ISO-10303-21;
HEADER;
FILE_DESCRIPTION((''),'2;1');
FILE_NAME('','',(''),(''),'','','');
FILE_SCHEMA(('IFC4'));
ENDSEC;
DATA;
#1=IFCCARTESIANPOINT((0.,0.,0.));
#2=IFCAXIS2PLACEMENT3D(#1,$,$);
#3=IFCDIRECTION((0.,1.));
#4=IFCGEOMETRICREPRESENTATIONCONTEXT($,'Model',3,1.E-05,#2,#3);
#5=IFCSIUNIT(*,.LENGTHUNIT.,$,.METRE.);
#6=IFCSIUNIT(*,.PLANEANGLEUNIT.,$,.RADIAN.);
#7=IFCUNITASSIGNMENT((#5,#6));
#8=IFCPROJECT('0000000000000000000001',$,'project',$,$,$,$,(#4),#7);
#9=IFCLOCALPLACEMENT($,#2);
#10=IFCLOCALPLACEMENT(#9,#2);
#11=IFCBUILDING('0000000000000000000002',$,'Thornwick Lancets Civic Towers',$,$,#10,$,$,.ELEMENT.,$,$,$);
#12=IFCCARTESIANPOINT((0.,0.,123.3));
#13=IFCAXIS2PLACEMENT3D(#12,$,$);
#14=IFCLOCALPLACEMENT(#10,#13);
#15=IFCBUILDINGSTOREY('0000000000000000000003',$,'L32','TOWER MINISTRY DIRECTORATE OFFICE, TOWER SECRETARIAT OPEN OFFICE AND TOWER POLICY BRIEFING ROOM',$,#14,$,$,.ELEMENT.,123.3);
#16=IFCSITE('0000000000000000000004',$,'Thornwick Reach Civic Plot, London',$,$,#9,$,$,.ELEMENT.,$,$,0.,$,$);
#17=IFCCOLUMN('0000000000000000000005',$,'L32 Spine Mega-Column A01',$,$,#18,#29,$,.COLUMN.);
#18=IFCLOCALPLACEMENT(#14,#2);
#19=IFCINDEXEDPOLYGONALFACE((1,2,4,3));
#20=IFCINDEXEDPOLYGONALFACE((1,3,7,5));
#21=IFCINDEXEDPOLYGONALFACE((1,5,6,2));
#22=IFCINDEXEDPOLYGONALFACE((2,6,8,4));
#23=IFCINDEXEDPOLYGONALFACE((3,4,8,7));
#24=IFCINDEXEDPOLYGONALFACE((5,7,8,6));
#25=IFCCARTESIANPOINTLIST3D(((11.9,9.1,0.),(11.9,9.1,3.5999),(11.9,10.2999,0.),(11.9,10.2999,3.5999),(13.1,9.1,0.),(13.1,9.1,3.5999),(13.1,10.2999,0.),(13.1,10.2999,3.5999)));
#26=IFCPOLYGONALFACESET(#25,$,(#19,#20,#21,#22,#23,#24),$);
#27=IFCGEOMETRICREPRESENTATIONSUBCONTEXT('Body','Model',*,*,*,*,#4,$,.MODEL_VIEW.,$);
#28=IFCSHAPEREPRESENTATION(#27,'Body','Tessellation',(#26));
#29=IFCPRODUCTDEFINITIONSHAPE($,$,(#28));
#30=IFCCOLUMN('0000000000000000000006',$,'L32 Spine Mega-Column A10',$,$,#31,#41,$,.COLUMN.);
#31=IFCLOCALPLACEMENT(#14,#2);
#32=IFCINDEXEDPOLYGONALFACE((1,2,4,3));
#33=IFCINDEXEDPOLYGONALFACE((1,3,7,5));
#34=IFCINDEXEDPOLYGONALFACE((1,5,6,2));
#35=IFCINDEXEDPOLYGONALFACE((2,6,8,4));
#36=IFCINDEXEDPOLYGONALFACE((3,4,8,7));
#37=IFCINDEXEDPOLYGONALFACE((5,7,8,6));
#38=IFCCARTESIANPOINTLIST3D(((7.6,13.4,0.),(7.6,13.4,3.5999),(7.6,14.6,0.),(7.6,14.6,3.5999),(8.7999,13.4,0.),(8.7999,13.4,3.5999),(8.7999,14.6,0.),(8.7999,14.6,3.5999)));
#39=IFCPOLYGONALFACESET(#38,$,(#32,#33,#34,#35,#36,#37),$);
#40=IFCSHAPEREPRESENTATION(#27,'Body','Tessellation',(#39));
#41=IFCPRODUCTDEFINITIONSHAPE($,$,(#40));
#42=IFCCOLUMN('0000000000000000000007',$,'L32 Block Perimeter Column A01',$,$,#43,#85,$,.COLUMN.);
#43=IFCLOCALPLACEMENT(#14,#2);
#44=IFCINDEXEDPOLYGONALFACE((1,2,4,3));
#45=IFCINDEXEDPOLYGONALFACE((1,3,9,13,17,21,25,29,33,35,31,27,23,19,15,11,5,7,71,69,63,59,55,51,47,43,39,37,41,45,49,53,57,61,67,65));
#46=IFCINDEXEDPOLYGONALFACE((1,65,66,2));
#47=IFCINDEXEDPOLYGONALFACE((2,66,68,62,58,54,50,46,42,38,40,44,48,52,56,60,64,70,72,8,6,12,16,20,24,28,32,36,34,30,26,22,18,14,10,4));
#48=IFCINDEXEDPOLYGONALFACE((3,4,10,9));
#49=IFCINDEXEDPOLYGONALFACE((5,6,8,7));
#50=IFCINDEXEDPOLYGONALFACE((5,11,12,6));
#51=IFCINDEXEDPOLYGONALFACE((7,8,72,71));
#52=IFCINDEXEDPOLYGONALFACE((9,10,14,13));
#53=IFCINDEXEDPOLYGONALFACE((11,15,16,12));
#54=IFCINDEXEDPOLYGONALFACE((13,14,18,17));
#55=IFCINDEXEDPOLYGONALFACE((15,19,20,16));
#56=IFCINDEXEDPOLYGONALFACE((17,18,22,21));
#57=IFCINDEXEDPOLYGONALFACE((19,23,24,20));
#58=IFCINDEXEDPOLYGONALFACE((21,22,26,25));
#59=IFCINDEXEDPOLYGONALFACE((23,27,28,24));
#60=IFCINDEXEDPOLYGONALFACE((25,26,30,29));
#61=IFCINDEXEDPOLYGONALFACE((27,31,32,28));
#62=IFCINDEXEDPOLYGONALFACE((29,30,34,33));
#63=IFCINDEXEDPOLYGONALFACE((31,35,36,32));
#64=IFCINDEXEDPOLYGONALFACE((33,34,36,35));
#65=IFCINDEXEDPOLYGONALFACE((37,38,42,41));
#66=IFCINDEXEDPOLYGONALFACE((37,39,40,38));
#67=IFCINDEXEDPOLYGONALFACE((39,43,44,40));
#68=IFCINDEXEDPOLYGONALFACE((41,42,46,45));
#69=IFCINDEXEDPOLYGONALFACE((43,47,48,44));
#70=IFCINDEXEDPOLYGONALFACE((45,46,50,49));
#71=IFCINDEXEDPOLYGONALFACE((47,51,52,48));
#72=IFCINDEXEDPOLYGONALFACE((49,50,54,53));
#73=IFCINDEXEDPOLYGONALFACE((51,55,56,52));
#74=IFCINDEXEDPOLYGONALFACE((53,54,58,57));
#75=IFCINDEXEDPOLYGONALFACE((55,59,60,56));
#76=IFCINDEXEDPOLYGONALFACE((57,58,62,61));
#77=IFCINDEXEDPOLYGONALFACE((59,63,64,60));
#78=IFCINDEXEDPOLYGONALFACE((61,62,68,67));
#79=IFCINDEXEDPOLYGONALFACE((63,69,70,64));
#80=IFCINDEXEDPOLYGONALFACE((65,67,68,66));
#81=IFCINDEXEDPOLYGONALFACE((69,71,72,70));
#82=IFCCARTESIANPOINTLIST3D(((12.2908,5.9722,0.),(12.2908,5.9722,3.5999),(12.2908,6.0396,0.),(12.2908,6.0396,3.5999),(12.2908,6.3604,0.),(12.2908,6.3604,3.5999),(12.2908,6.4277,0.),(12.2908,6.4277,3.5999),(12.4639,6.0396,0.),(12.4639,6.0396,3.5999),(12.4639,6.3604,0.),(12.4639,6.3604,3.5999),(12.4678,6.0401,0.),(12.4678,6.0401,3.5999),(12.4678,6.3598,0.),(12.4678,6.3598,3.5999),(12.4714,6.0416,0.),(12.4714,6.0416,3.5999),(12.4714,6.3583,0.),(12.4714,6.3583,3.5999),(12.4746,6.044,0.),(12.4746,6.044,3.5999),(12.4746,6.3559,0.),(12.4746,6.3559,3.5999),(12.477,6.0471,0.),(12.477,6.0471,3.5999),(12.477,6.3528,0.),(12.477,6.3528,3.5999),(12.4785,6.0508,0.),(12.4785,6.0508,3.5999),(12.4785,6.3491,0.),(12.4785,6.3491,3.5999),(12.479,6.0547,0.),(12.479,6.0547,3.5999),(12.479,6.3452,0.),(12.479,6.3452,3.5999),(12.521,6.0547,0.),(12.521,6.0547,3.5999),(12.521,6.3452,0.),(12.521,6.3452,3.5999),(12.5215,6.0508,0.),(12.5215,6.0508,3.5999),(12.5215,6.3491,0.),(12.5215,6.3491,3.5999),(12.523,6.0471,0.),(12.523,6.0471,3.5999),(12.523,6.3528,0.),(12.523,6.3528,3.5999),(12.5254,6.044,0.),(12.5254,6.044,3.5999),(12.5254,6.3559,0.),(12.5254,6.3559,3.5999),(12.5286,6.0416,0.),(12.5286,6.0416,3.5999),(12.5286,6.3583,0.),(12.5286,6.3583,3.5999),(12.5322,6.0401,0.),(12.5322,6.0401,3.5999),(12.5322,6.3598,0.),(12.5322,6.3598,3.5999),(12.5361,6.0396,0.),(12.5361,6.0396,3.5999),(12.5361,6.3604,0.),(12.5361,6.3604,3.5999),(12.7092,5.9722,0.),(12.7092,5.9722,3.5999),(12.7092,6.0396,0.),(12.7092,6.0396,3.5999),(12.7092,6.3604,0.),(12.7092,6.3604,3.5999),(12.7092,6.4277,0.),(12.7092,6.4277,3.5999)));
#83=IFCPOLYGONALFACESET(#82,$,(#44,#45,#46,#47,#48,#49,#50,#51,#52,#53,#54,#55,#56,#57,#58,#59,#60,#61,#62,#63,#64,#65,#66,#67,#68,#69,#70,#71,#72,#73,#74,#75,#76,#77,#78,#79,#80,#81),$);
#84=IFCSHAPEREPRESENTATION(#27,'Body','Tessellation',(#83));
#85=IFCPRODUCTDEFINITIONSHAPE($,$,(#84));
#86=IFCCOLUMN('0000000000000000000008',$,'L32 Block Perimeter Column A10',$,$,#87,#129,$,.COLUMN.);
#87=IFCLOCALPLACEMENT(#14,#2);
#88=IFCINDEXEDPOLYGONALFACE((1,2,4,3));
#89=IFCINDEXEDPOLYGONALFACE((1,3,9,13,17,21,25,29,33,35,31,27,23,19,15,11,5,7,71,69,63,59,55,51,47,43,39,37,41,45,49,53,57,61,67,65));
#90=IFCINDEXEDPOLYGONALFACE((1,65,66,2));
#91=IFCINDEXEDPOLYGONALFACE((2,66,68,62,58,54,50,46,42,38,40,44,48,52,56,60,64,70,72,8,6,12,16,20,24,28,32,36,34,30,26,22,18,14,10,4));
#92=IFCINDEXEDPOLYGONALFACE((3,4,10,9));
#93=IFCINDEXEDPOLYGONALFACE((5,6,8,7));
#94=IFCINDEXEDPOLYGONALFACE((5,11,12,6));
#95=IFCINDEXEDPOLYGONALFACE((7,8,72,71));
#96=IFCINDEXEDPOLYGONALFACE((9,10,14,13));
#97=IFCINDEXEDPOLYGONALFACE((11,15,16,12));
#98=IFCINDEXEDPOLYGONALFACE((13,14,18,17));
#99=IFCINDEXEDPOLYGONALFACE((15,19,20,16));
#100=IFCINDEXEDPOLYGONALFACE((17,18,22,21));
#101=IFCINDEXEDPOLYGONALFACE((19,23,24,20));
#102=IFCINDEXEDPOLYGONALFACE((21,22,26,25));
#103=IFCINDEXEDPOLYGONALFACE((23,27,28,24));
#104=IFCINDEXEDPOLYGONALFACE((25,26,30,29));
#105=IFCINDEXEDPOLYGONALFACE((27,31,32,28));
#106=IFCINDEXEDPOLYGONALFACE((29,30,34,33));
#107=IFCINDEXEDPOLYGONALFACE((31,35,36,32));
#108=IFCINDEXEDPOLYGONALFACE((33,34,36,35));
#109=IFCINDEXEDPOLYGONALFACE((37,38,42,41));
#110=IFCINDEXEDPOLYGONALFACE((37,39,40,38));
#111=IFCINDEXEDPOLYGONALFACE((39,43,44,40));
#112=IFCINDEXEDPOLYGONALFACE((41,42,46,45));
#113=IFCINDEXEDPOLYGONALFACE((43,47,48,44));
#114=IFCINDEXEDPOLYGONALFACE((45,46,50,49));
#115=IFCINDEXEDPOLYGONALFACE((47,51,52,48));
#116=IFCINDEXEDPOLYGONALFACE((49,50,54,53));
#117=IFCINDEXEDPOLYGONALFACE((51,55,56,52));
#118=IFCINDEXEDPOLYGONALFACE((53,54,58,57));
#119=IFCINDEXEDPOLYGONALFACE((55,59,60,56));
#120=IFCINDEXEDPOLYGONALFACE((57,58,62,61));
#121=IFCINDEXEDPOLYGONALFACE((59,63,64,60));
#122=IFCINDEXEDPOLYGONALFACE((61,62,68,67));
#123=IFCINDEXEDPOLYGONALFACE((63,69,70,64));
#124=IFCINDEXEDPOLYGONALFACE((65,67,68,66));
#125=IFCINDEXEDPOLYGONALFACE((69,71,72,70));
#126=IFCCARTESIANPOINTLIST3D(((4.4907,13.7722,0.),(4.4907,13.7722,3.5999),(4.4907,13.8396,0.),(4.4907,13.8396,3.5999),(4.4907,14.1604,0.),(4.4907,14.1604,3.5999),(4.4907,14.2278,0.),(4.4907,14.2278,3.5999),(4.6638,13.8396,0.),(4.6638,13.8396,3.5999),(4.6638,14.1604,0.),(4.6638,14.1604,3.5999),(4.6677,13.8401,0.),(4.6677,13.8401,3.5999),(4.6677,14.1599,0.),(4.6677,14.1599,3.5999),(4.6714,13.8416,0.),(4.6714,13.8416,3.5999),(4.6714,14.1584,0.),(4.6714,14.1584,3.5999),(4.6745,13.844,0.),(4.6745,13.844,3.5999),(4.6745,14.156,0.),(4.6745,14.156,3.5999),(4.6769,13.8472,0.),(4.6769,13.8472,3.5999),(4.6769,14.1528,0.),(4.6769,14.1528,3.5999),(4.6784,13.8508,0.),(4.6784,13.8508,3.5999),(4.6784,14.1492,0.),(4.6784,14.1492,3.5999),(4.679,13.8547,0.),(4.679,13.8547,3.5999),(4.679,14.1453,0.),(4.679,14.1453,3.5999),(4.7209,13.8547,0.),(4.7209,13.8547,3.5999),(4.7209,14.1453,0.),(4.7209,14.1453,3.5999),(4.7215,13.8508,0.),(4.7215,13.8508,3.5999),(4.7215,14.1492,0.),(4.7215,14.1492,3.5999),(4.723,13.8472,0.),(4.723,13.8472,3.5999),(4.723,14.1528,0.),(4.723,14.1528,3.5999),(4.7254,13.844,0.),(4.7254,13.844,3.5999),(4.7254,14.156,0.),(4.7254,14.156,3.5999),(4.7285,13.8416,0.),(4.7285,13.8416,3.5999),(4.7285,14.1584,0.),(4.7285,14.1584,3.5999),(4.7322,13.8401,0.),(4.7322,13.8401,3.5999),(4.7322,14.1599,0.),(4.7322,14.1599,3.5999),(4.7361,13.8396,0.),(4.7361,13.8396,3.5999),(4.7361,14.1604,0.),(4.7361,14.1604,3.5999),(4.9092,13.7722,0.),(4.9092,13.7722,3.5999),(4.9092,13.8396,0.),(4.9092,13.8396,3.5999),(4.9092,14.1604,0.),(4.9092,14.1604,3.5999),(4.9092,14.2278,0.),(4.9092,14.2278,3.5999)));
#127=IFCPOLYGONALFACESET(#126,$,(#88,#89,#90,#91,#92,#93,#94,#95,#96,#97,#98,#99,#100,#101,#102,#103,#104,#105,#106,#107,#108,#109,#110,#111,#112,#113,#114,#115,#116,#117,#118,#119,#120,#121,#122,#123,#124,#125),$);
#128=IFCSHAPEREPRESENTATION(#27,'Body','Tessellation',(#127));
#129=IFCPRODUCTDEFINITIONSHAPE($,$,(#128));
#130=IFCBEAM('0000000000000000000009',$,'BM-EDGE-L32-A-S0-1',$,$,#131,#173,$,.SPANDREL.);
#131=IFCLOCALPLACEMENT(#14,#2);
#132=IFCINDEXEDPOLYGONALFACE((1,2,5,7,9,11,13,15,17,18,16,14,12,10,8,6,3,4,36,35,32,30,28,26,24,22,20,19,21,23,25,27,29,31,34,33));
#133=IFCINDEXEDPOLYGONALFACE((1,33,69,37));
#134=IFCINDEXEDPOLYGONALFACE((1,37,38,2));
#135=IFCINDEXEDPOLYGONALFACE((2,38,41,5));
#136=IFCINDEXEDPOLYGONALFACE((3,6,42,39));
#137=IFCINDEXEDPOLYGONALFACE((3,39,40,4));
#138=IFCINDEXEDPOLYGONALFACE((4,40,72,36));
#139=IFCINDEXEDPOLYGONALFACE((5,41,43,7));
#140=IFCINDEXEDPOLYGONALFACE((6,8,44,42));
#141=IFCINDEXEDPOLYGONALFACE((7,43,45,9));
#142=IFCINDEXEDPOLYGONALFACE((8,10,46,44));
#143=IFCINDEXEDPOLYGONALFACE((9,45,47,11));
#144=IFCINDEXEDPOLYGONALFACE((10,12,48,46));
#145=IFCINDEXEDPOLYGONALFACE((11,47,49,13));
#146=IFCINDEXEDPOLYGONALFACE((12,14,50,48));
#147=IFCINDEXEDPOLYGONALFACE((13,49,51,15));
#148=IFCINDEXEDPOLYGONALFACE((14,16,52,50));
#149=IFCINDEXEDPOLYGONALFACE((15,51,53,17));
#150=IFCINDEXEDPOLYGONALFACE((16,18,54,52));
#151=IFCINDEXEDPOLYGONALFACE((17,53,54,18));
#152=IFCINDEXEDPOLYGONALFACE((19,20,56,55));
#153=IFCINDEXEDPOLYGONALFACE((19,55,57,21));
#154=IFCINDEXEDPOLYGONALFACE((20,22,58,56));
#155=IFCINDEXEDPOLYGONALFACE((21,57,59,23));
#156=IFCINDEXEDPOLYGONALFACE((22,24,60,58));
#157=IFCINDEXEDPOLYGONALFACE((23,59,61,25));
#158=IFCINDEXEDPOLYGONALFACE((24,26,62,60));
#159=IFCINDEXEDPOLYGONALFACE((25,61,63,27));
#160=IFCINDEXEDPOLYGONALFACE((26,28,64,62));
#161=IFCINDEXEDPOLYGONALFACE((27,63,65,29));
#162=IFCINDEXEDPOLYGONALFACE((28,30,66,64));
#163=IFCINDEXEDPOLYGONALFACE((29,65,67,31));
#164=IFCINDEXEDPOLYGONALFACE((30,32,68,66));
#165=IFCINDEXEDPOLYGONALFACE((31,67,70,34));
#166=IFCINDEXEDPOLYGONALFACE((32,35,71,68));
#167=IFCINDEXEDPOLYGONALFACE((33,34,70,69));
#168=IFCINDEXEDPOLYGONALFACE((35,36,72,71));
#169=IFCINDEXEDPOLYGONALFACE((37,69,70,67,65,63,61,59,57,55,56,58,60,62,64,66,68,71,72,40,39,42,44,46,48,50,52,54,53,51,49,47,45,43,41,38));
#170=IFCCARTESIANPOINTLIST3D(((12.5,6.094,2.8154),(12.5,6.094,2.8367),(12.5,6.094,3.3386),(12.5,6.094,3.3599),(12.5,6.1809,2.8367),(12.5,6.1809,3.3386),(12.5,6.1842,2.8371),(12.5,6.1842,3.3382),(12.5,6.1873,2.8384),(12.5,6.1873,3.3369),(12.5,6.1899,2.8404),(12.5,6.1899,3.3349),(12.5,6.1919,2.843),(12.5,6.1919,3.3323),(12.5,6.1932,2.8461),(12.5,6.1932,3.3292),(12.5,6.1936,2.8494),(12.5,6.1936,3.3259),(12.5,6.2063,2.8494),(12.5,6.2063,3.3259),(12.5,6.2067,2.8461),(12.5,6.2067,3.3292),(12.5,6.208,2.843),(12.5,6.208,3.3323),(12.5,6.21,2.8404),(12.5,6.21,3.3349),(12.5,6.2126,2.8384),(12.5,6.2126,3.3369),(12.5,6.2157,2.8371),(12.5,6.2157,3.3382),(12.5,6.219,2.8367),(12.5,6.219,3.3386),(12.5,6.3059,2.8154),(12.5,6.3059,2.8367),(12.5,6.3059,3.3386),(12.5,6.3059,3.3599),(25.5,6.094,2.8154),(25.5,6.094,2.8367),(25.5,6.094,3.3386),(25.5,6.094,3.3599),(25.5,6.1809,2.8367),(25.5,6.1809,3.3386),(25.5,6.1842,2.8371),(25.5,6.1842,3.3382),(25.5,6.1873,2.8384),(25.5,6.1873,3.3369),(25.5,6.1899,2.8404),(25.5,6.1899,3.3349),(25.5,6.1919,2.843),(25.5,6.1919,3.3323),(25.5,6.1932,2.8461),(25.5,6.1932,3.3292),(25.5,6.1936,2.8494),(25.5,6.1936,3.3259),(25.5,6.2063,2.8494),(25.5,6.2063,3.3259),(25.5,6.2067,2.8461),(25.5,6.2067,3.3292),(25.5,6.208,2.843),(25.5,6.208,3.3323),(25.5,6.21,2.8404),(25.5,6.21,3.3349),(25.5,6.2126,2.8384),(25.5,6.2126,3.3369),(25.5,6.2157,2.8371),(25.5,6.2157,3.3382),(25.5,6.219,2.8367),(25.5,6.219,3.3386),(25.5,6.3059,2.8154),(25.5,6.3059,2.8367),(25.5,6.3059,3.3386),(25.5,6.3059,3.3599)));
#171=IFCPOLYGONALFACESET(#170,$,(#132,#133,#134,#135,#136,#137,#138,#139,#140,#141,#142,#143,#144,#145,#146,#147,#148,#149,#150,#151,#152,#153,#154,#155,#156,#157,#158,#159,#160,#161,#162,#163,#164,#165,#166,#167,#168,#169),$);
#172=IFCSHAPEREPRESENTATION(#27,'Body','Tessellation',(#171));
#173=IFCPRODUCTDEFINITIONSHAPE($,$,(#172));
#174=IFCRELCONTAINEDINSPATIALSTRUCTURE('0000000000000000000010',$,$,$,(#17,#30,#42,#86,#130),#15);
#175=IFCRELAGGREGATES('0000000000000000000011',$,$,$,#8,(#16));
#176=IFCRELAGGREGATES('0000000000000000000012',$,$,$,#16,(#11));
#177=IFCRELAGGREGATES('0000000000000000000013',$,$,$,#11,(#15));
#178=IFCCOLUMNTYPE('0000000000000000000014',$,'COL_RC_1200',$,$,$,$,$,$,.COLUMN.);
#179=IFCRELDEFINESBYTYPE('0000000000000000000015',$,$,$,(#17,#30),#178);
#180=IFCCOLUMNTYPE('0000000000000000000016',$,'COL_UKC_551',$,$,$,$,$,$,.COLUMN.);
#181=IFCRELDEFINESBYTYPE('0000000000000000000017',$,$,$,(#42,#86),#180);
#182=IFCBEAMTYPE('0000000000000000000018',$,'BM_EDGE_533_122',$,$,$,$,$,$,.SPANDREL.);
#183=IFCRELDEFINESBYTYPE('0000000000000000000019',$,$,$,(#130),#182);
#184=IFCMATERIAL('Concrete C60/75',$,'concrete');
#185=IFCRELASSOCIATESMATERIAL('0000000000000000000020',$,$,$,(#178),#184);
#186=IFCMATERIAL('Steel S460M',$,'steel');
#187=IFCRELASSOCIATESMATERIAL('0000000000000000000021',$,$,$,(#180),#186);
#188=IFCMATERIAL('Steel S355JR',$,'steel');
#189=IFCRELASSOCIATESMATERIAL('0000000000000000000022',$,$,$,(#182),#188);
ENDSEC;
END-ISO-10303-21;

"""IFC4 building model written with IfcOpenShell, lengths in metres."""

from ifc_helpers import new_model, si_unit, direction, frame, origin, origin_2d, place, context, subcontext, project, spatial, rectangle, i_section, extrude, material, material_profile, profile_set, type_object, element, save


model = new_model("IFC4")

# Units and contexts
model_context = context("Model", 3, precision=1e-05, world=origin(), true_north=direction((0.0, 1.0)))
body_context = subcontext(model_context, "Body", "Model", "MODEL_VIEW")
ifc_project = project(units=[si_unit("LENGTHUNIT", "METRE"), si_unit("PLANEANGLEUNIT", "RADIAN")], contexts=[model_context])

# Site, building, storey
site_placement = place(None, origin())
site = spatial("IfcSite", under=ifc_project, at=site_placement, Name="Thornwick Reach Civic Plot, London", CompositionType="ELEMENT", RefElevation=0.0)
building_placement = place(site_placement, origin())
building = spatial("IfcBuilding", under=site, at=building_placement, Name="Thornwick Lancets Civic Towers", CompositionType="ELEMENT")
storey_placement = place(building_placement, frame((0.0, 0.0, 123.3)))
storey = spatial("IfcBuildingStorey", under=building, at=storey_placement, Name="L32", Description="TOWER MINISTRY DIRECTORATE OFFICE, TOWER SECRETARIAT OPEN OFFICE AND TOWER POLICY BRIEFING ROOM", CompositionType="ELEMENT", Elevation=123.3)

# Columns
ifc_material_1 = material(Name="Concrete C60/75", Category="concrete")
ifc_material_profile_1 = material_profile(ifc_material_1, rectangle(XDim=1.2, YDim=1.2, at=origin_2d()), Name="RC 1200x1200")
ifc_profile_set_1 = profile_set([ifc_material_profile_1], Name="Concrete C60/75")
column_type_1 = type_object("IfcColumnType", Name="COL_RC_1200", PredefinedType="COLUMN", material=ifc_profile_set_1)
for number, where, z_axis, x_axis, name in (
    (1, (12.5, 9.7, 0.0), (0.0, 0.0, 1.0), (1.0, 0.0, 0.0), "L32 Spine Mega-Column A01"),
    (2, (8.2, 14.0, 0.0), (0.0, 0.0, 1.0), (1.0, 0.0, 0.0), "L32 Spine Mega-Column A10"),
):
    element("IfcColumn", number, at=place(storey_placement, frame(where, z_axis=z_axis, x_axis=x_axis)), inside=storey, type_object=column_type_1, Name=name, PredefinedType="COLUMN", context=body_context, shape_type="SweptSolid", body=[
        extrude(rectangle(XDim=1.2, YDim=1.2, at=origin_2d()), origin(), (0.0, 0.0, 1.0), 3.5999),
    ])
ifc_material_2 = material(Name="Steel S460M", Category="steel")
ifc_material_profile_2 = material_profile(ifc_material_2, i_section(OverallWidth=0.4185, OverallDepth=0.4556, WebThickness=0.042, FlangeThickness=0.0674, FilletRadius=0.0151, at=origin_2d()), Name="UKC 356x406x551")
ifc_profile_set_2 = profile_set([ifc_material_profile_2], Name="Steel S460M")
column_type_2 = type_object("IfcColumnType", Name="COL_UKC_551", PredefinedType="COLUMN", material=ifc_profile_set_2)
for number, where, z_axis, x_axis, name in (
    (3, (12.5, 6.2, 0.0), (0.0, 0.0, 1.0), (1.0, 0.0, 0.0), "L32 Block Perimeter Column A01"),
    (4, (4.7, 14.0, 0.0), (0.0, 0.0, 1.0), (1.0, 0.0, 0.0), "L32 Block Perimeter Column A10"),
):
    element("IfcColumn", number, at=place(storey_placement, frame(where, z_axis=z_axis, x_axis=x_axis)), inside=storey, type_object=column_type_2, Name=name, PredefinedType="COLUMN", context=body_context, shape_type="SweptSolid", body=[
        extrude(i_section(OverallWidth=0.4185, OverallDepth=0.4556, WebThickness=0.042, FlangeThickness=0.0674, FilletRadius=0.0151, at=origin_2d()), origin(), (0.0, 0.0, 1.0), 3.5999),
    ])

# Beam
ifc_material_3 = material(Name="Steel S355JR", Category="steel")
ifc_material_profile_3 = material_profile(ifc_material_3, i_section(OverallWidth=0.2119, OverallDepth=0.5444, WebThickness=0.0127, FlangeThickness=0.0212, FilletRadius=0.0127, at=origin_2d()), Name="UKB 533x210x122")
ifc_profile_set_3 = profile_set([ifc_material_profile_3], Name="Steel S355JR")
beam_type_1 = type_object("IfcBeamType", Name="BM_EDGE_533_122", PredefinedType="SPANDREL", material=ifc_profile_set_3)
for number, where, z_axis, x_axis, name in (
    (5, (12.5, 6.2, 3.0876), (1.0, 0.0, 0.0), (0.0, 1.0, 0.0), "BM-EDGE-L32-A-S0-1"),
):
    element("IfcBeam", number, at=place(storey_placement, frame(where, z_axis=z_axis, x_axis=x_axis)), inside=storey, type_object=beam_type_1, Name=name, PredefinedType="SPANDREL", context=body_context, shape_type="SweptSolid", body=[
        extrude(i_section(OverallWidth=0.2119, OverallDepth=0.5444, WebThickness=0.0127, FlangeThickness=0.0212, FilletRadius=0.0127, at=origin_2d()), origin(), (0.0, 0.0, 1.0), 13.0),
    ])

save(model, "model.ifc")
